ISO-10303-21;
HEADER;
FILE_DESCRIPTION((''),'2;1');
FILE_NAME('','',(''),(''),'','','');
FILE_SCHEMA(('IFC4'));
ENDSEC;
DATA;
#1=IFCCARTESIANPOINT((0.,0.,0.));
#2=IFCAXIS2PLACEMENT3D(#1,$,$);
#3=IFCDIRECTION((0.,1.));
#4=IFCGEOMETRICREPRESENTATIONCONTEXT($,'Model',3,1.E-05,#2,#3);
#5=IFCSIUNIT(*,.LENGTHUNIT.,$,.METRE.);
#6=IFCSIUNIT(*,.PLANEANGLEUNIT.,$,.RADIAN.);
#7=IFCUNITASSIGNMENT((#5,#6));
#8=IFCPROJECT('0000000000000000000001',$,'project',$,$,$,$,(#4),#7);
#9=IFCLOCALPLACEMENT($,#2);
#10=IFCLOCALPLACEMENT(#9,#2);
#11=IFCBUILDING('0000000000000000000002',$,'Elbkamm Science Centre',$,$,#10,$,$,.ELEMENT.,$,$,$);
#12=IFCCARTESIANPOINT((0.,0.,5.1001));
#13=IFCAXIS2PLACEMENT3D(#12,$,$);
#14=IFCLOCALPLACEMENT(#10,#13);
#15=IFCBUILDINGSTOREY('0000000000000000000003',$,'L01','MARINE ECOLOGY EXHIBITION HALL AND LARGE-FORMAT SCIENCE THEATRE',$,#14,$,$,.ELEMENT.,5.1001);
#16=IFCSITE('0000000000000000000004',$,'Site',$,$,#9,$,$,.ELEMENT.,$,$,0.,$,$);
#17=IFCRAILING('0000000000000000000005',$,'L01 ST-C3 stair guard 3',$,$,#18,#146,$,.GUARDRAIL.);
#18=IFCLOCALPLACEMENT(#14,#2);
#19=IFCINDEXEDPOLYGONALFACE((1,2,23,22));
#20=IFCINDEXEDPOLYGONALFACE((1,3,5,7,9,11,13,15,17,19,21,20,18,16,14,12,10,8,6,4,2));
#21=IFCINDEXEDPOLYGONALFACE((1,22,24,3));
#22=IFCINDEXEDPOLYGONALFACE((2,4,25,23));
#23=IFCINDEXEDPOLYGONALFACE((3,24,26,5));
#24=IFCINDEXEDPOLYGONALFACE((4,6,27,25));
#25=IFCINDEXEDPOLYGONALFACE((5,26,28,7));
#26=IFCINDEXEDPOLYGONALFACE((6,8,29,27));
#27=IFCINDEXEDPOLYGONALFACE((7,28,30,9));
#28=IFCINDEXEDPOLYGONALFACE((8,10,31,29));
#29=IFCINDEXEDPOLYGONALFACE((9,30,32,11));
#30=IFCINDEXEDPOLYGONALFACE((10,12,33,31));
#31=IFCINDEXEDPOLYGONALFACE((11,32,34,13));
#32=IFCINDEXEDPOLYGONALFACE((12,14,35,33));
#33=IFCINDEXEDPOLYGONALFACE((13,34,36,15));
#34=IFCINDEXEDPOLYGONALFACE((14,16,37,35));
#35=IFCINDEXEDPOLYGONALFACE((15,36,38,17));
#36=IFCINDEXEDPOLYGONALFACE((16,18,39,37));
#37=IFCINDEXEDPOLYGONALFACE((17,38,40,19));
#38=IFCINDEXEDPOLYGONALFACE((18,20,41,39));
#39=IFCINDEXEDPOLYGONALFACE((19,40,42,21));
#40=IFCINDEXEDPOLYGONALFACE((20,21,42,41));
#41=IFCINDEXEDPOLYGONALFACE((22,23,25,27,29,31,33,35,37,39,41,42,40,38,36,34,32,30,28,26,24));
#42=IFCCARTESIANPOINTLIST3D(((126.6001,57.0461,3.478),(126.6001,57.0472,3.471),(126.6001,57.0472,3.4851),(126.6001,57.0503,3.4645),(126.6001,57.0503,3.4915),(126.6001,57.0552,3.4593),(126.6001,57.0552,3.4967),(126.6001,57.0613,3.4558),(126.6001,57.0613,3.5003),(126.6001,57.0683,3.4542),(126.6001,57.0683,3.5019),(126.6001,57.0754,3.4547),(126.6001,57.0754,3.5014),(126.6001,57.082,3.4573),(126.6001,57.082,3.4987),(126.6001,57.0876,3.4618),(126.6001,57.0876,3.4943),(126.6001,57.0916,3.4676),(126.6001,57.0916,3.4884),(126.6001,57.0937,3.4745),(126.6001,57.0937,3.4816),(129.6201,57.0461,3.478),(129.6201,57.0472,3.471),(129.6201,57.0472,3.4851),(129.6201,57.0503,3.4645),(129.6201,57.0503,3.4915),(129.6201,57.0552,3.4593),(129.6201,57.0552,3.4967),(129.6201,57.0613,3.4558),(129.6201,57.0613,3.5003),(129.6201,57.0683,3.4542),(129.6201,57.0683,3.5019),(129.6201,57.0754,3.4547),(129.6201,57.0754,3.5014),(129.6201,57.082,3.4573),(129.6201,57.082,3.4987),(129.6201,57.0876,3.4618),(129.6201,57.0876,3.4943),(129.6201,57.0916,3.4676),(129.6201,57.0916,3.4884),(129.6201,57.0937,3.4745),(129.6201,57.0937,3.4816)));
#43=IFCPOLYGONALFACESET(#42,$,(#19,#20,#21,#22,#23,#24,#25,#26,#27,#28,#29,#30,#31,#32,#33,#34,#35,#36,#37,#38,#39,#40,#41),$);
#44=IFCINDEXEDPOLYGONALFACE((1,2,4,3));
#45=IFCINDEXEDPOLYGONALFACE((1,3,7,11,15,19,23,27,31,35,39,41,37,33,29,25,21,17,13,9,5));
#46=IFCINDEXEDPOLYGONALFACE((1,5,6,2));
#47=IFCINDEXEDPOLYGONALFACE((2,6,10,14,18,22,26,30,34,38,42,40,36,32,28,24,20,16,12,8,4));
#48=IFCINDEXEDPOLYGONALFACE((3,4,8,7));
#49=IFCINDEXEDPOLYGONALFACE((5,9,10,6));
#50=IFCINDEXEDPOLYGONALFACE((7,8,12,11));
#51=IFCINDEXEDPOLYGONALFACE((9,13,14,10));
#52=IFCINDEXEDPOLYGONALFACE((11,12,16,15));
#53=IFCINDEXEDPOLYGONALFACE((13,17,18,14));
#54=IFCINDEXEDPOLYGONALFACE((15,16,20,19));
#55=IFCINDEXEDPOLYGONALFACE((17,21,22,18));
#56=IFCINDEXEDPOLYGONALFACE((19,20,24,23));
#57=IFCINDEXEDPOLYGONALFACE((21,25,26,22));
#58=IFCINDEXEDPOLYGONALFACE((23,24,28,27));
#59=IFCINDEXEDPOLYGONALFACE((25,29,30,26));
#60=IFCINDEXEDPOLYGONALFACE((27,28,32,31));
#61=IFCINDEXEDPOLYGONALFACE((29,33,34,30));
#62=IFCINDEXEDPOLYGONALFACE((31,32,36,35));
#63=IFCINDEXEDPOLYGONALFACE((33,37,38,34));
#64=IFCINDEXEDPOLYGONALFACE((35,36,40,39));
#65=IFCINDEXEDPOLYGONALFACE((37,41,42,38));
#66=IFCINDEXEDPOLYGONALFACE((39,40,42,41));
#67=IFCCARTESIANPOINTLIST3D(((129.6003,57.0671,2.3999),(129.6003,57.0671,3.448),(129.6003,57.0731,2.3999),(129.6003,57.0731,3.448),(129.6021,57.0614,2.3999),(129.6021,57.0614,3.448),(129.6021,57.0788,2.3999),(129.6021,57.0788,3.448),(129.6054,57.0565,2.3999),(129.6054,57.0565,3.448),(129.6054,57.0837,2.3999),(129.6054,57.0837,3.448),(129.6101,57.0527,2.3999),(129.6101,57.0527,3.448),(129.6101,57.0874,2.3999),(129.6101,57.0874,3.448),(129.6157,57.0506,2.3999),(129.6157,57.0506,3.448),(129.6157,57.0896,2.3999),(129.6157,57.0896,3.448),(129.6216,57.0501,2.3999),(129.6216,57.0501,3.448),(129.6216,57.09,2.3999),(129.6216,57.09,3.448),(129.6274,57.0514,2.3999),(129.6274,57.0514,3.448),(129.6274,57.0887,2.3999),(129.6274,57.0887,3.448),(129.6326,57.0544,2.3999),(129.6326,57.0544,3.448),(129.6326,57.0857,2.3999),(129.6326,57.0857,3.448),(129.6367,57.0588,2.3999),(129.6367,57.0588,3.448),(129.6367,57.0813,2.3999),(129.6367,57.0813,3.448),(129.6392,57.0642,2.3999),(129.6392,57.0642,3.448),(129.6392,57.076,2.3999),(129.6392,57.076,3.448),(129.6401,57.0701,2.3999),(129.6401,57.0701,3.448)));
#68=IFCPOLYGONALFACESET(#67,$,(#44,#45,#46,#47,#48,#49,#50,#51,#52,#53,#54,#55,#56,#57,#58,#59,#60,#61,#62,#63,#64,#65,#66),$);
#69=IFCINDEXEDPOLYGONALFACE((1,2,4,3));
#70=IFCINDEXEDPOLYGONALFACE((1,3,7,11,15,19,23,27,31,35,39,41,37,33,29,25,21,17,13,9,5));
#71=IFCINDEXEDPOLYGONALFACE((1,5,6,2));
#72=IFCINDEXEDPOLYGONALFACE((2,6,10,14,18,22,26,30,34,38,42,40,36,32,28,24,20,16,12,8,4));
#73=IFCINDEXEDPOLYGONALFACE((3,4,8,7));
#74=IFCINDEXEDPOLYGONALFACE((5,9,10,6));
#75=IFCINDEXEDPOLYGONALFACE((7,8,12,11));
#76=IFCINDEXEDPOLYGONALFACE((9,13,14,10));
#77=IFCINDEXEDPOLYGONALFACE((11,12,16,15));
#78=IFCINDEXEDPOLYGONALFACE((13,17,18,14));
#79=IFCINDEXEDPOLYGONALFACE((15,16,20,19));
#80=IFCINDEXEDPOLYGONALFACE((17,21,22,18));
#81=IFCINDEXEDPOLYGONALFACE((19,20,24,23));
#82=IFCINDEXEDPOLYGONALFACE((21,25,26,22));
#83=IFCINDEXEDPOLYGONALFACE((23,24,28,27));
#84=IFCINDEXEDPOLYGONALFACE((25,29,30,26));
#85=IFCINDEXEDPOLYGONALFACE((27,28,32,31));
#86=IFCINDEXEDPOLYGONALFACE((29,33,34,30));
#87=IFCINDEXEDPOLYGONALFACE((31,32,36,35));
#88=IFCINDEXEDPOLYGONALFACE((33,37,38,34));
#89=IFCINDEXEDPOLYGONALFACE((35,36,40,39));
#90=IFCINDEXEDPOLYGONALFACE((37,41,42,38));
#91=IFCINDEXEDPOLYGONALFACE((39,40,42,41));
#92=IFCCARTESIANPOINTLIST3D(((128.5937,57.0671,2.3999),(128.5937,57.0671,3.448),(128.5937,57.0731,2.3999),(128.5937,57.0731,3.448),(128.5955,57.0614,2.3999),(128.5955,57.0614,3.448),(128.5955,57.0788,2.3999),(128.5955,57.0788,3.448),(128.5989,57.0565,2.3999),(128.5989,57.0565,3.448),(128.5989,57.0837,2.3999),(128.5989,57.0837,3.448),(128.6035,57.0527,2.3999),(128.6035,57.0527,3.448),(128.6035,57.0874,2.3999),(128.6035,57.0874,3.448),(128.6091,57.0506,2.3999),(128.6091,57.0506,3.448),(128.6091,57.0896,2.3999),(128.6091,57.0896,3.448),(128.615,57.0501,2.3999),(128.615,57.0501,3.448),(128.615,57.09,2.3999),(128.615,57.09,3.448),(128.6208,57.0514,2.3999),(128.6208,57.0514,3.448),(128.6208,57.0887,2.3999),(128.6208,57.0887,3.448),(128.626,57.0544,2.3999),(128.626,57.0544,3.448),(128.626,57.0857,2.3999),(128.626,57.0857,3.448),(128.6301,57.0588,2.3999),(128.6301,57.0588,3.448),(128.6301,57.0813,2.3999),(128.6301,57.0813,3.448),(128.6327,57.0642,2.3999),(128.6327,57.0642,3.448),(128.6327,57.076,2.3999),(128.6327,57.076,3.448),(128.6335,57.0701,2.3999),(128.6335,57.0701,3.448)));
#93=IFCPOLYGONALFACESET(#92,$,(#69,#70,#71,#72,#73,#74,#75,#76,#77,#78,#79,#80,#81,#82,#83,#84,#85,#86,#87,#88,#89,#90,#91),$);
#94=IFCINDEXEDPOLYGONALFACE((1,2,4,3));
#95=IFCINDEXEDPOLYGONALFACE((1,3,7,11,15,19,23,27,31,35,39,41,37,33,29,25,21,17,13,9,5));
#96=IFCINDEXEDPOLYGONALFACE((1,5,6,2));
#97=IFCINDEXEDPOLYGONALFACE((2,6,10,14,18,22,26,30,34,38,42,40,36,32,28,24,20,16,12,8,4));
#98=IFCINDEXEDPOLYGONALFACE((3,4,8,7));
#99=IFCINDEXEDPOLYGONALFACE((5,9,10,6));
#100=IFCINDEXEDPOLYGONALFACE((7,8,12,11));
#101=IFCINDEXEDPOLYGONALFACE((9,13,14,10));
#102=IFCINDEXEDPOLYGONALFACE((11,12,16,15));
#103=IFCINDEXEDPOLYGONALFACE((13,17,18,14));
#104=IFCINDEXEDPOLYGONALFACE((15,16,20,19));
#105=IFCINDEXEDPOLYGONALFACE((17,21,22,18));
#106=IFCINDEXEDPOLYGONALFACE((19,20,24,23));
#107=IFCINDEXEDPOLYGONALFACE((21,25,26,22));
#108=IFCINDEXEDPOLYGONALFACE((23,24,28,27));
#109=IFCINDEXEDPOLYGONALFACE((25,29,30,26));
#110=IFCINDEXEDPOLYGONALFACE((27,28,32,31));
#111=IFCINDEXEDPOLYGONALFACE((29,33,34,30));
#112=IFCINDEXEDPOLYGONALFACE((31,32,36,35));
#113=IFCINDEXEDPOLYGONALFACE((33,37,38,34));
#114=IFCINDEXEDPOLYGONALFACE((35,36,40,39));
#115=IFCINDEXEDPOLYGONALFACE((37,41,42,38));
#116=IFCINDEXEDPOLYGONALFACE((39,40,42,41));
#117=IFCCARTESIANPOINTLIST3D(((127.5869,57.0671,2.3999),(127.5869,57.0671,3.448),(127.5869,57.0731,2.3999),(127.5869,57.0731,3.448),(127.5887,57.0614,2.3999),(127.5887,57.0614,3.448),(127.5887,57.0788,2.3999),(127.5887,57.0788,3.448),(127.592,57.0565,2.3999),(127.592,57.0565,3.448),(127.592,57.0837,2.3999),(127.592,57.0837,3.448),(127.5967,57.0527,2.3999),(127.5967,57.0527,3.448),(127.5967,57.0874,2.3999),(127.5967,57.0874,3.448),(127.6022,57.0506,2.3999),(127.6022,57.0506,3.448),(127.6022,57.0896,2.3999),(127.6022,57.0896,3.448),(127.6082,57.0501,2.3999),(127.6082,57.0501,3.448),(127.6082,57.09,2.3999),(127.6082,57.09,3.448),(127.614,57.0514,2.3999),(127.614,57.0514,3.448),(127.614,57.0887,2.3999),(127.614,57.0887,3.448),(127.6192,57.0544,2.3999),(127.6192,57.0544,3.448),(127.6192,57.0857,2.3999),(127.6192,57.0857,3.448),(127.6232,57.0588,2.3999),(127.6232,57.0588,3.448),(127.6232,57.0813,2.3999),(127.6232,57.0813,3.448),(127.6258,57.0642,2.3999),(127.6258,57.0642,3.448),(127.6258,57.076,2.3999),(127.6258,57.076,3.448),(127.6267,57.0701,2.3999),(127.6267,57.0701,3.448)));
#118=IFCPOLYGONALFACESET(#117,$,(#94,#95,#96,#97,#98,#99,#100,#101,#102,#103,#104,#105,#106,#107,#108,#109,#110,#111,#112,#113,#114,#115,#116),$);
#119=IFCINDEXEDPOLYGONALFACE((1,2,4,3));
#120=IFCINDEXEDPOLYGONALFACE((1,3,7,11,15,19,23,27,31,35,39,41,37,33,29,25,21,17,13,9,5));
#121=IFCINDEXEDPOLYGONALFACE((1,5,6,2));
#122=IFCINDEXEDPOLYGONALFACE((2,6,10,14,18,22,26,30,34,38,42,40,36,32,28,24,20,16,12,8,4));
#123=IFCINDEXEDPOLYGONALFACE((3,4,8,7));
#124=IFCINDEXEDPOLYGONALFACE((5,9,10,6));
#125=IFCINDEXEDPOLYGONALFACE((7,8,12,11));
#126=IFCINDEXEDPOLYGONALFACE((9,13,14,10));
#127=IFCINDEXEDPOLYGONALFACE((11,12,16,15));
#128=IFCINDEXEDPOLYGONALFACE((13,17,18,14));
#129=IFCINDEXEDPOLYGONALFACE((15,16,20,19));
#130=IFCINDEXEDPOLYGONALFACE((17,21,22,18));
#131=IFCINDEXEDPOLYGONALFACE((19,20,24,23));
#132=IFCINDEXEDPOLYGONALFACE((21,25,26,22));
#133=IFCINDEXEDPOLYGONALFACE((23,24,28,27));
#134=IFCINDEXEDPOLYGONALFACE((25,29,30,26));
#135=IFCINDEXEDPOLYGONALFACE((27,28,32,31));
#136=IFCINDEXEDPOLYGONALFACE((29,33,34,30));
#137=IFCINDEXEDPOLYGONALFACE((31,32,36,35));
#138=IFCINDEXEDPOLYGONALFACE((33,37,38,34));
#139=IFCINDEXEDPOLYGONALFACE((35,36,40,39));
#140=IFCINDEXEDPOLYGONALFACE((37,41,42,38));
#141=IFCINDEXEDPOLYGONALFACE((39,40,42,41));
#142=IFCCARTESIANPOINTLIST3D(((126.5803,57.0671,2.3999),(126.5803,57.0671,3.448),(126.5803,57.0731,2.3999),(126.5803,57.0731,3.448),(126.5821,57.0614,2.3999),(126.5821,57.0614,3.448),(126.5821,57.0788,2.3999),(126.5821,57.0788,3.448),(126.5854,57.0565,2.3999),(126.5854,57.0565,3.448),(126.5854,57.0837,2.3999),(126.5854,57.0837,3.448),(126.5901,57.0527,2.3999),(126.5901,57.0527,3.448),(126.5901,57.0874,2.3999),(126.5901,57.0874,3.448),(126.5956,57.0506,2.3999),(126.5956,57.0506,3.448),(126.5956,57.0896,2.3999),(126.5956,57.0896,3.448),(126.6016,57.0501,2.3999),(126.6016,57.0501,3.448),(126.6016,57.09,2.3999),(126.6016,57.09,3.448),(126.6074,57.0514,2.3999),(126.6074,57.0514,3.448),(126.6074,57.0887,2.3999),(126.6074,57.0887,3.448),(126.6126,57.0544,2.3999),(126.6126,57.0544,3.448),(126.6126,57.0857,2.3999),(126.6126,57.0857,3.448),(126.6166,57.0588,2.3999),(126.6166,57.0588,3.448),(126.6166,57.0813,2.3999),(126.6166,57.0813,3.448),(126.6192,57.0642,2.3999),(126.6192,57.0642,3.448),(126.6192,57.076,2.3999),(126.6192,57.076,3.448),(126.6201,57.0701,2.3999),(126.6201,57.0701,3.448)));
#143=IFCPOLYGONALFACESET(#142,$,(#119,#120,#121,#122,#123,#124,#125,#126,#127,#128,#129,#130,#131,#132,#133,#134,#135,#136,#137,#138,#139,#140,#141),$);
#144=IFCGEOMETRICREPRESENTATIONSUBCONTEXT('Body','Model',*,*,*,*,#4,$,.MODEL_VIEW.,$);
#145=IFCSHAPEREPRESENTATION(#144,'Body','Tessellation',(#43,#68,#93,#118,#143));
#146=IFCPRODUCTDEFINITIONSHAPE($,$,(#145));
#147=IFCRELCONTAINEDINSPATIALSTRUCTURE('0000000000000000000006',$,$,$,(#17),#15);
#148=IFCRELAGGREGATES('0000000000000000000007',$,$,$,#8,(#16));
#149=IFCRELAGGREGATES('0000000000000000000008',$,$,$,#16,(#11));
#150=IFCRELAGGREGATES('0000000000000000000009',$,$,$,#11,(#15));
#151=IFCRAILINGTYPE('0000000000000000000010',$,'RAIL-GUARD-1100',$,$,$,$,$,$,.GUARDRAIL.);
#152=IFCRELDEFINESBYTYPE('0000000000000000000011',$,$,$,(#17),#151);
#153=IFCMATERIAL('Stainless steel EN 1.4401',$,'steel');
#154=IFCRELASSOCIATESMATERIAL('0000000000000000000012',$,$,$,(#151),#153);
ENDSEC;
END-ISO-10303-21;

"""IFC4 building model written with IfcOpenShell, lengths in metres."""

from ifc_helpers import new_model, si_unit, direction, frame, origin, origin_2d, place, context, subcontext, project, spatial, circle, extrude, material, type_object, element, save


model = new_model("IFC4")

# Units and contexts
model_context = context("Model", 3, precision=1e-05, world=origin(), true_north=direction((0.0, 1.0)))
body_context = subcontext(model_context, "Body", "Model", "MODEL_VIEW")
ifc_project = project(units=[si_unit("LENGTHUNIT", "METRE"), si_unit("PLANEANGLEUNIT", "RADIAN")], contexts=[model_context])

# Site, building, storey
site_placement = place(None, origin())
site = spatial("IfcSite", under=ifc_project, at=site_placement, Name="Site", CompositionType="ELEMENT", RefElevation=0.0)
building_placement = place(site_placement, origin())
building = spatial("IfcBuilding", under=site, at=building_placement, Name="Elbkamm Science Centre", CompositionType="ELEMENT")
storey_placement = place(building_placement, frame((0.0, 0.0, 5.1001)))
storey = spatial("IfcBuildingStorey", under=building, at=storey_placement, Name="L01", Description="MARINE ECOLOGY EXHIBITION HALL AND LARGE-FORMAT SCIENCE THEATRE", CompositionType="ELEMENT", Elevation=5.1001)

# Railing
ifc_material_1 = material(Name="Stainless steel EN 1.4401", Category="steel")
railing_type_1 = type_object("IfcRailingType", Name="RAIL-GUARD-1100", PredefinedType="GUARDRAIL", material=ifc_material_1)
for number, where, name in (
    (1, (129.6201, 57.0701, 2.3999), "L01 ST-C3 stair guard 3"),
):
    element("IfcRailing", number, at=place(storey_placement, frame(where)), inside=storey, type_object=railing_type_1, Name=name, PredefinedType="GUARDRAIL", context=body_context, shape_type="SweptSolid", body=[
        extrude(circle(Radius=0.0239, at=origin_2d()), frame((0.0, 0.0, 1.0781), z_axis=(-1.0, 0.0, 0.0), x_axis=(0.0, -1.0, 0.0)), (0.0, 0.0, 1.0), 3.02),
        extrude(circle(Radius=0.02, at=origin_2d()), origin(), (0.0, 0.0, 1.0), 1.0481),
        extrude(circle(Radius=0.02, at=origin_2d()), frame((-1.0066, 0.0, 0.0)), (0.0, 0.0, 1.0), 1.0481),
        extrude(circle(Radius=0.02, at=origin_2d()), frame((-2.0134, 0.0, 0.0)), (0.0, 0.0, 1.0), 1.0481),
        extrude(circle(Radius=0.02, at=origin_2d()), frame((-3.02, 0.0, 0.0)), (0.0, 0.0, 1.0), 1.0481),
    ])

save(model, "model.ifc")
